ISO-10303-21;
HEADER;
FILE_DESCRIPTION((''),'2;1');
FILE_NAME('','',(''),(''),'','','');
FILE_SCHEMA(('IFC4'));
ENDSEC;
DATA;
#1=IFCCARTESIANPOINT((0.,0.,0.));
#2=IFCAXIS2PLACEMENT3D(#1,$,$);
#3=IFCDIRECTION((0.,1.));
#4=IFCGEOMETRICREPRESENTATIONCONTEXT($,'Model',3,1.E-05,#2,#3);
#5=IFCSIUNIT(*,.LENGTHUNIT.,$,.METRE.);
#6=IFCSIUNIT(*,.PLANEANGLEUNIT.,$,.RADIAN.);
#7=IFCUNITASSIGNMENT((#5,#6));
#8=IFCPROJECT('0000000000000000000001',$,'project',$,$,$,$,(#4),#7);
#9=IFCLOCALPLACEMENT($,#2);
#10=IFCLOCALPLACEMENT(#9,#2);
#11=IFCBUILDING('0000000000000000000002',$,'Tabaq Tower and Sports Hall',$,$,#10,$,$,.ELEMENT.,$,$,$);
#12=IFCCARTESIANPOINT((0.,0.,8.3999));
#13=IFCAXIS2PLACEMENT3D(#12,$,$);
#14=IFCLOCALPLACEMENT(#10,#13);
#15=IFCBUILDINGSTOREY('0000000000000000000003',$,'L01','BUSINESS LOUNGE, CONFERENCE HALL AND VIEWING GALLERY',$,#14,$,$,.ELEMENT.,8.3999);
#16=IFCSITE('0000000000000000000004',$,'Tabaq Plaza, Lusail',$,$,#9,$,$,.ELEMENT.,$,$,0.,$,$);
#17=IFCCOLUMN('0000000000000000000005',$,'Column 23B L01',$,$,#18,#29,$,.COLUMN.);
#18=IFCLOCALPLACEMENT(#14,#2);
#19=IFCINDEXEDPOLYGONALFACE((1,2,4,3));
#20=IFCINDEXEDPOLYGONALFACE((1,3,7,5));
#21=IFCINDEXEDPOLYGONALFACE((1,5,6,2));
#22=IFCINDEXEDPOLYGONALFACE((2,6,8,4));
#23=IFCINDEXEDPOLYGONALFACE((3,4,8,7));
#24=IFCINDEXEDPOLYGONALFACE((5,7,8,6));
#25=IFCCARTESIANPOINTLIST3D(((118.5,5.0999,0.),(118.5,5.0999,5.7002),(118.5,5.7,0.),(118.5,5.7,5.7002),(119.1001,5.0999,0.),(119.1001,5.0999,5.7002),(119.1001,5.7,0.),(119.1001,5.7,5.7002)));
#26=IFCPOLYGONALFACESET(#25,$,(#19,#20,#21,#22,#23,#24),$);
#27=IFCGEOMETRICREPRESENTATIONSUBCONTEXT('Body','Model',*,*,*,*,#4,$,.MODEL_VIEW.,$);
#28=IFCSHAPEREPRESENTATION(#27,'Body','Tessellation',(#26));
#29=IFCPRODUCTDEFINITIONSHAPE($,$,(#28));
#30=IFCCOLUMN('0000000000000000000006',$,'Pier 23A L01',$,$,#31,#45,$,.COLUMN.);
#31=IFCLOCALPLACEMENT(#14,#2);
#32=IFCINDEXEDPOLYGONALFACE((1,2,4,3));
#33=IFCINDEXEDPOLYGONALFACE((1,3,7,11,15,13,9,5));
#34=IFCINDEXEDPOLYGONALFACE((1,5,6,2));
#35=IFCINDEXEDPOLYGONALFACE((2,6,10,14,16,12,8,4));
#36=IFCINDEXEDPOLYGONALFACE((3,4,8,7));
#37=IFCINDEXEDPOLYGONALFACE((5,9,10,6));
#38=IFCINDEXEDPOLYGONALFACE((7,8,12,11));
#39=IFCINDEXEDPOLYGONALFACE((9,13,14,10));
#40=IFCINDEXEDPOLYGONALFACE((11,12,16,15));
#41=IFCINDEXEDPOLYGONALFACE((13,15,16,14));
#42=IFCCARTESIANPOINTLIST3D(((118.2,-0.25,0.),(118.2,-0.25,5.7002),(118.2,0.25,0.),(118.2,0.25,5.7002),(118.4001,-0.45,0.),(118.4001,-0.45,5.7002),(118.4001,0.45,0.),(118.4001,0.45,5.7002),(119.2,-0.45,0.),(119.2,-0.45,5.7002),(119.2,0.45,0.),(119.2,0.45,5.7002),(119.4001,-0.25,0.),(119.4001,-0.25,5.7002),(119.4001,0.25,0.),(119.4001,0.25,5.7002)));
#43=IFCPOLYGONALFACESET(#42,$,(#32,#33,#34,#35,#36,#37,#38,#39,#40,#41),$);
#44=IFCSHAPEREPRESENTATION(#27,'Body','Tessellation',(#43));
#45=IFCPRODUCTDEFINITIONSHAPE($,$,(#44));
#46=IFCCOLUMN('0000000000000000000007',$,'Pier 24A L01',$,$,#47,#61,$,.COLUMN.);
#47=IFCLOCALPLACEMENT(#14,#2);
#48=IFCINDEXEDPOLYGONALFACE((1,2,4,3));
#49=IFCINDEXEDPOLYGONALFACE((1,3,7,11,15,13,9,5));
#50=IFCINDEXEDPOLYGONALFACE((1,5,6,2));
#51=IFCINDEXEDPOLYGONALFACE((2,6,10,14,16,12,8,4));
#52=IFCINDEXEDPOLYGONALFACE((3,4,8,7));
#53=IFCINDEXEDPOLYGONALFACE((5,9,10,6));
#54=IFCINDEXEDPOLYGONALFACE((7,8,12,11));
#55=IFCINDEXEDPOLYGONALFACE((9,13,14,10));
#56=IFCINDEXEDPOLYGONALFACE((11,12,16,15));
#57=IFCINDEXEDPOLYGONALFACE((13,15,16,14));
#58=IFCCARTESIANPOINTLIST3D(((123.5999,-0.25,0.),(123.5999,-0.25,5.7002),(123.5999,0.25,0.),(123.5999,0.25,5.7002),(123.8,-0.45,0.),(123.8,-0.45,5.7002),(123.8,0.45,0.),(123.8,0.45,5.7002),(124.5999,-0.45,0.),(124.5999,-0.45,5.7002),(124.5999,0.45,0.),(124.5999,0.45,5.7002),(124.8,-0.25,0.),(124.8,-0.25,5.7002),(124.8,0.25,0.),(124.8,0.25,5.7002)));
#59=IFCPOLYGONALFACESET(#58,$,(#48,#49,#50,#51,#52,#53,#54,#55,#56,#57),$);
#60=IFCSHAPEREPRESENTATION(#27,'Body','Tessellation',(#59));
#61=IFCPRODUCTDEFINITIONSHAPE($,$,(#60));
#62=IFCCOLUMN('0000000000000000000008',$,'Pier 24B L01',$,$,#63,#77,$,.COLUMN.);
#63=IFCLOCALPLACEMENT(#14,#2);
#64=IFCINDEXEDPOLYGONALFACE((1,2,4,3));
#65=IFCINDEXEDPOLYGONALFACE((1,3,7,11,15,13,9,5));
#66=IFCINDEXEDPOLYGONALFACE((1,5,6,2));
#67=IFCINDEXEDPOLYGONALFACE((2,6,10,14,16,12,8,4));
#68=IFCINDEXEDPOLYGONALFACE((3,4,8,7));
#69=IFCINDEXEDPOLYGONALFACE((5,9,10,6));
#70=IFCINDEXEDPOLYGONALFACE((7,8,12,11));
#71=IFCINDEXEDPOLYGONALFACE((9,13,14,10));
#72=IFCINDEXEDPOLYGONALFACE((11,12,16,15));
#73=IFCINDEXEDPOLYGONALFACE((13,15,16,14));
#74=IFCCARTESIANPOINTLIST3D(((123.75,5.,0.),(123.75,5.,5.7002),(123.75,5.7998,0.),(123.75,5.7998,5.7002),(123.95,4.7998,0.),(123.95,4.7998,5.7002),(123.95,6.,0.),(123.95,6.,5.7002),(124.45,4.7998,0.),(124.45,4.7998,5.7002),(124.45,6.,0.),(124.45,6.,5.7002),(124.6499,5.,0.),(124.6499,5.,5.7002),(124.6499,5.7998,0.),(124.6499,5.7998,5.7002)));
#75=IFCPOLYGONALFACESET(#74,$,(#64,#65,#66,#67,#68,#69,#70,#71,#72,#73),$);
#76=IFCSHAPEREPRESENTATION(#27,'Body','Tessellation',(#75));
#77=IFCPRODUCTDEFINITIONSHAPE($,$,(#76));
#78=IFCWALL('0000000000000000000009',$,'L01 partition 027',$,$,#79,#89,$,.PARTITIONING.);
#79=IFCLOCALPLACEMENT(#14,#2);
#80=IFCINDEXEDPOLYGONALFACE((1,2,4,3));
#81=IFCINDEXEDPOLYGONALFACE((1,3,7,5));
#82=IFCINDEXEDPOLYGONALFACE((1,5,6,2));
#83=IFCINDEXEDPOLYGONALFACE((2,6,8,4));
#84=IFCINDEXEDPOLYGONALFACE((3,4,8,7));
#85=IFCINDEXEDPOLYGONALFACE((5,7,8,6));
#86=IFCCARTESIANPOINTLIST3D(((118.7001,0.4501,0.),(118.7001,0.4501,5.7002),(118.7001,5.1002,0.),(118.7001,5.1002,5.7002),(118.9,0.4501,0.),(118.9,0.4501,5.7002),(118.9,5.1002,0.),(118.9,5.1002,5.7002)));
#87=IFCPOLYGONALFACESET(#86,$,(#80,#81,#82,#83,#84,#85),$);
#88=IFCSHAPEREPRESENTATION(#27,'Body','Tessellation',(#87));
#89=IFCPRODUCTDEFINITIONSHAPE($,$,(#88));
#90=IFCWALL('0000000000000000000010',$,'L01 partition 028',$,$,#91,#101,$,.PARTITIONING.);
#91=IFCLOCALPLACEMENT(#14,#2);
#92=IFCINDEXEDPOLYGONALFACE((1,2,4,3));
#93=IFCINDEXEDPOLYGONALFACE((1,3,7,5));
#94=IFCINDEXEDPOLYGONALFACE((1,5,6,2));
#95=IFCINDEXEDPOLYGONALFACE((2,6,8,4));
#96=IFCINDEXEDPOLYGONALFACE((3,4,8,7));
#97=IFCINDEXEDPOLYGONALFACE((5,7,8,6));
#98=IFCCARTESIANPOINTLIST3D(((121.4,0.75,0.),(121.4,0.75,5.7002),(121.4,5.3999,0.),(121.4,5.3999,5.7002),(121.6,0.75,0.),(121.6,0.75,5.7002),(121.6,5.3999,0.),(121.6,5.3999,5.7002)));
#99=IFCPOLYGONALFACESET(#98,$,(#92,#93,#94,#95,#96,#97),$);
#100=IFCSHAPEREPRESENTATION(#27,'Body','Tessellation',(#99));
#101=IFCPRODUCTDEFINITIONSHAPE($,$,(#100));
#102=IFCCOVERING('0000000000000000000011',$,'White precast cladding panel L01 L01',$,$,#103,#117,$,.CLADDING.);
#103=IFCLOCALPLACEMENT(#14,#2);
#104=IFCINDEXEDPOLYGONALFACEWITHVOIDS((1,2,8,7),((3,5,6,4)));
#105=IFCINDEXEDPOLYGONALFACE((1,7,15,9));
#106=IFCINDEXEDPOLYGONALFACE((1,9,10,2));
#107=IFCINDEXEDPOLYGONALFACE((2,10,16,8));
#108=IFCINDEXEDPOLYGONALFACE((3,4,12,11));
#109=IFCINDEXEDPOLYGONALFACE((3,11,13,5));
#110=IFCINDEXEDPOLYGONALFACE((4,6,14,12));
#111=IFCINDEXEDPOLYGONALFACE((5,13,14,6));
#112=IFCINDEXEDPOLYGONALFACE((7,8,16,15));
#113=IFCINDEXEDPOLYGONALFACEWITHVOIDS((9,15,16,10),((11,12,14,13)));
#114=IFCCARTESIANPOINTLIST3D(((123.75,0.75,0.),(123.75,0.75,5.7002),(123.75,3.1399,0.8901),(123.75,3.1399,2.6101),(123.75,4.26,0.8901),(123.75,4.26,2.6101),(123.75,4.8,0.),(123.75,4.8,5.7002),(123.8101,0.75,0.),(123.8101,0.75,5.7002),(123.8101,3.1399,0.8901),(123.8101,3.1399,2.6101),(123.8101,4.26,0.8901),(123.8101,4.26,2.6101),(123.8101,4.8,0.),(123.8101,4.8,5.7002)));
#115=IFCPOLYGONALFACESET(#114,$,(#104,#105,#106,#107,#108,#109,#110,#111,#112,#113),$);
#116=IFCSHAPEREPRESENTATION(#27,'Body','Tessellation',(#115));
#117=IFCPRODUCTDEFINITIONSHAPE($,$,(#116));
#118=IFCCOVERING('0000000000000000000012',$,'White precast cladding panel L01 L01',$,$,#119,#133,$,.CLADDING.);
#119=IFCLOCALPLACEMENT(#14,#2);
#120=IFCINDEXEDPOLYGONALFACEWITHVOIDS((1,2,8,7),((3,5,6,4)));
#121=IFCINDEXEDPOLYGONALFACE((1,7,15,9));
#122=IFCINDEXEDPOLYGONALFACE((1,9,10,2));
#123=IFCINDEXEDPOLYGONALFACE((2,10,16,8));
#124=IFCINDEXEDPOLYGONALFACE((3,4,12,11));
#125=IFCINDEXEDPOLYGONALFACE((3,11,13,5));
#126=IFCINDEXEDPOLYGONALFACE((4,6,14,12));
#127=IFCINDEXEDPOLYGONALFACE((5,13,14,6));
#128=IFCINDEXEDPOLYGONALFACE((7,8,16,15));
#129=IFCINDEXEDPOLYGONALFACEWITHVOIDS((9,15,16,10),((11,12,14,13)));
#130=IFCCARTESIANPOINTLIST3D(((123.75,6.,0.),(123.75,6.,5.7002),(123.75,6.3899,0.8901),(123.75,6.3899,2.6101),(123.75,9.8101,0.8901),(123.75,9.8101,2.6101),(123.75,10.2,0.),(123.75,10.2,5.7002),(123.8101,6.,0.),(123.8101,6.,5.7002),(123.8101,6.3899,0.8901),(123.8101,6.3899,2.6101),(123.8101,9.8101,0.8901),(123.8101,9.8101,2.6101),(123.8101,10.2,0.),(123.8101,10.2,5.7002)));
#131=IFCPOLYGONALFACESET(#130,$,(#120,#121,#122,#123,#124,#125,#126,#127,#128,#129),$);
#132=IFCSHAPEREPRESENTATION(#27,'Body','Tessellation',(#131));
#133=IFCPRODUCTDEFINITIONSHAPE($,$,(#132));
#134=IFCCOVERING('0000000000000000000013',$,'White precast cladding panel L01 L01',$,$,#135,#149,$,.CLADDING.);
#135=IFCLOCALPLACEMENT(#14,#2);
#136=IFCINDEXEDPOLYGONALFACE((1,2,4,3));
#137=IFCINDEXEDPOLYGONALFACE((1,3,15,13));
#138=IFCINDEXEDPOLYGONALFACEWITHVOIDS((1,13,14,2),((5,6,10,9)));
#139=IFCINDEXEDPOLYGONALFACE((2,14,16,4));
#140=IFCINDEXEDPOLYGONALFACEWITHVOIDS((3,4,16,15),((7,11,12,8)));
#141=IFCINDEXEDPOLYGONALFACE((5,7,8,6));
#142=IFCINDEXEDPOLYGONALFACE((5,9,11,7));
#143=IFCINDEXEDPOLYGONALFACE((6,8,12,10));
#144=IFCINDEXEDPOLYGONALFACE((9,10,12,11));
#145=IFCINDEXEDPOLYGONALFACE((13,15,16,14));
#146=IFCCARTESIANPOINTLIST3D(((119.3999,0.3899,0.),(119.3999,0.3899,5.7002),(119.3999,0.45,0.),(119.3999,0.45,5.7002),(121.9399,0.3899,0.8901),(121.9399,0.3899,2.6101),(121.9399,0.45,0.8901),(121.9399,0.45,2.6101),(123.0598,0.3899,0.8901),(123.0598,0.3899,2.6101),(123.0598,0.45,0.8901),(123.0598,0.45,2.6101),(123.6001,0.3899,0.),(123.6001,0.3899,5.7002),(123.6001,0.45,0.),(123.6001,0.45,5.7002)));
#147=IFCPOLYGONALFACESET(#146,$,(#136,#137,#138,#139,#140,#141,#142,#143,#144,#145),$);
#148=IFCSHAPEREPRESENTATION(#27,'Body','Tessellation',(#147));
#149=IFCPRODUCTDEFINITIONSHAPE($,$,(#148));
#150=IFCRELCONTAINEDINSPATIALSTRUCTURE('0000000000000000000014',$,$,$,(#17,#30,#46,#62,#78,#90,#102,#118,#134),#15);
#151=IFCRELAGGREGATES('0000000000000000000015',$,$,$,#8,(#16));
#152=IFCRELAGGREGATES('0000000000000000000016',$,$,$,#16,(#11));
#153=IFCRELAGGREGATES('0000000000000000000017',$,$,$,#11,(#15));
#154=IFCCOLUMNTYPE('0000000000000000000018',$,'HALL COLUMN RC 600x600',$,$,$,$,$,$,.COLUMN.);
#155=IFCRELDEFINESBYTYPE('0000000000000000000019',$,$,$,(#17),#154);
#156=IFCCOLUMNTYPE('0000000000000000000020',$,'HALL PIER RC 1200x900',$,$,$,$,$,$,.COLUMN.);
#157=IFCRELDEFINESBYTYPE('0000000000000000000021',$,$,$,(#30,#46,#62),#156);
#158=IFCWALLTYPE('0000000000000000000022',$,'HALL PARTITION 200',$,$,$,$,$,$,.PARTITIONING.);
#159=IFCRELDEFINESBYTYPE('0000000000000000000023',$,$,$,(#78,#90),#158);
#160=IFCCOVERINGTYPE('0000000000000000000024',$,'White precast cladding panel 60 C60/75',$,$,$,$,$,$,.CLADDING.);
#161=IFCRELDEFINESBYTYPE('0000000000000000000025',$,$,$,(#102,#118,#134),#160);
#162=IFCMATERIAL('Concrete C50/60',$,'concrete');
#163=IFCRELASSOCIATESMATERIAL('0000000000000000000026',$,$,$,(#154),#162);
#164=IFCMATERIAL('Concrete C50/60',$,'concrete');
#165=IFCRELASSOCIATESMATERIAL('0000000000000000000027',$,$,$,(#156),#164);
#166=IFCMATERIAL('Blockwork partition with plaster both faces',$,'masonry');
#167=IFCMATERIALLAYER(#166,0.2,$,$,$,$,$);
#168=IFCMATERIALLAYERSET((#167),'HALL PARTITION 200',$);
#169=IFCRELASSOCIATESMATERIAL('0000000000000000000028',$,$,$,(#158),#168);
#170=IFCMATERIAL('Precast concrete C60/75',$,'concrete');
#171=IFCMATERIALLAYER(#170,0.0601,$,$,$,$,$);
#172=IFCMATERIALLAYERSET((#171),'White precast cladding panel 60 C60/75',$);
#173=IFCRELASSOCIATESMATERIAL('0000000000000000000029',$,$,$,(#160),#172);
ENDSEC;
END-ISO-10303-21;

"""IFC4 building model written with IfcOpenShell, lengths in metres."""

from ifc_helpers import new_model, si_unit, direction, frame, frame_2d, origin, origin_2d, place, context, subcontext, project, spatial, polyline, rectangle, outline, extrude, material, layer, layer_set, material_profile, profile_set, type_object, element, save


model = new_model("IFC4")

# Units and contexts
model_context = context("Model", 3, precision=1e-05, world=origin(), true_north=direction((0.0, 1.0)))
body_context = subcontext(model_context, "Body", "Model", "MODEL_VIEW")
ifc_project = project(units=[si_unit("LENGTHUNIT", "METRE"), si_unit("PLANEANGLEUNIT", "RADIAN")], contexts=[model_context])

# Site, building, storey
site_placement = place(None, origin())
site = spatial("IfcSite", under=ifc_project, at=site_placement, Name="Tabaq Plaza, Lusail", CompositionType="ELEMENT", RefElevation=0.0)
building_placement = place(site_placement, origin())
building = spatial("IfcBuilding", under=site, at=building_placement, Name="Tabaq Tower and Sports Hall", CompositionType="ELEMENT")
storey_placement = place(building_placement, frame((0.0, 0.0, 8.3999)))
storey = spatial("IfcBuildingStorey", under=building, at=storey_placement, Name="L01", Description="BUSINESS LOUNGE, CONFERENCE HALL AND VIEWING GALLERY", CompositionType="ELEMENT", Elevation=8.3999)

# Columns
ifc_material_1 = material(Name="Concrete C50/60", Category="concrete")
ifc_material_profile_1 = material_profile(ifc_material_1, rectangle(XDim=0.6001, YDim=0.6001, at=origin_2d()), Name="RC 600x600")
ifc_profile_set_1 = profile_set([ifc_material_profile_1], Name="Concrete C50/60")
column_type_1 = type_object("IfcColumnType", Name="HALL COLUMN RC 600x600", PredefinedType="COLUMN", material=ifc_profile_set_1)
column_placement = place(storey_placement, frame((118.8, 5.3999, 0.0), z_axis=(0.0, 0.0, 1.0), x_axis=(1.0, 0.0, 0.0)))
element("IfcColumn", 1, at=column_placement, inside=storey, type_object=column_type_1, Name="Column 23B L01", PredefinedType="COLUMN", context=body_context, shape_type="SweptSolid", body=[
    extrude(rectangle(XDim=0.6001, YDim=0.6001, at=origin_2d()), origin(), (0.0, 0.0, 1.0), 5.7002),
])
ifc_material_2 = material(Name="Concrete C50/60", Category="concrete")
ifc_material_profile_2 = material_profile(ifc_material_2, outline(polyline([(-0.3999, -0.45), (0.3999, -0.45), (0.6001, -0.25), (0.6001, 0.25), (0.3999, 0.45), (-0.3999, 0.45), (-0.6001, 0.25), (-0.6001, -0.25), (-0.3999, -0.45)])), Name="PIER 1200x900")
ifc_profile_set_2 = profile_set([ifc_material_profile_2], Name="Concrete C50/60")
column_type_2 = type_object("IfcColumnType", Name="HALL PIER RC 1200x900", PredefinedType="COLUMN", material=ifc_profile_set_2)
for number, where, z_axis, x_axis, name in (
    (2, (118.8, 0.0, 0.0), (0.0, 0.0, 1.0), (1.0, 0.0, 0.0), "Pier 23A L01"),
    (3, (124.2, 0.0, 0.0), (0.0, 0.0, 1.0), (1.0, 0.0, 0.0), "Pier 24A L01"),
    (4, (124.2, 5.3999, 0.0), (0.0, 0.0, 1.0), (0.0, 1.0, 0.0), "Pier 24B L01"),
):
    element("IfcColumn", number, at=place(storey_placement, frame(where, z_axis=z_axis, x_axis=x_axis)), inside=storey, type_object=column_type_2, Name=name, PredefinedType="COLUMN", context=body_context, shape_type="SweptSolid", body=[
        extrude(outline(polyline([(-0.3999, -0.45), (0.3999, -0.45), (0.6001, -0.25), (0.6001, 0.25), (0.3999, 0.45), (-0.3999, 0.45), (-0.6001, 0.25), (-0.6001, -0.25), (-0.3999, -0.45)])), origin(), (0.0, 0.0, 1.0), 5.7002),
    ])

# Shared definitions
ifc_material_3 = material(Name="Blockwork partition with plaster both faces", Category="masonry")
ifc_layer_1 = layer(ifc_material_3, 0.2)
ifc_layer_set_1 = layer_set([ifc_layer_1], Name="HALL PARTITION 200")
wall_type_1 = type_object("IfcWallType", Name="HALL PARTITION 200", PredefinedType="PARTITIONING", material=ifc_layer_set_1)

# Walls
wall_1_placement = place(storey_placement, frame((118.8, 0.45, 0.0), z_axis=(0.0, 0.0, 1.0), x_axis=(0.0, 1.0, 0.0)))
element("IfcWall", 5, at=wall_1_placement, inside=storey, type_object=wall_type_1, Name="L01 partition 027", PredefinedType="PARTITIONING", context=body_context, shape_type="SweptSolid", body=[
    extrude(rectangle(XDim=4.6501, YDim=0.2, at=frame_2d((2.3252, 0.0))), origin(), (0.0, 0.0, 1.0), 5.7002),
])
wall_2_placement = place(storey_placement, frame((121.5, 0.75, 0.0), z_axis=(0.0, 0.0, 1.0), x_axis=(0.0, 1.0, 0.0)))
element("IfcWall", 6, at=wall_2_placement, inside=storey, type_object=wall_type_1, Name="L01 partition 028", PredefinedType="PARTITIONING", context=body_context, shape_type="SweptSolid", body=[
    extrude(rectangle(XDim=4.6499, YDim=0.2, at=frame_2d((2.325, 0.0))), origin(), (0.0, 0.0, 1.0), 5.7002),
])

# Coverings
ifc_material_4 = material(Name="Precast concrete C60/75", Category="concrete")
ifc_layer_2 = layer(ifc_material_4, 0.0601)
ifc_layer_set_2 = layer_set([ifc_layer_2], Name="White precast cladding panel 60 C60/75")
covering_type = type_object("IfcCoveringType", Name="White precast cladding panel 60 C60/75", PredefinedType="CLADDING", material=ifc_layer_set_2)
covering_1_placement = place(storey_placement, frame((123.78, 0.75, 0.0), z_axis=(0.0, 0.0, 1.0), x_axis=(0.0, 1.0, 0.0)))
element("IfcCovering", 7, at=covering_1_placement, inside=storey, type_object=covering_type, Name="White precast cladding panel L01 L01", PredefinedType="CLADDING", context=body_context, shape_type="SweptSolid", body=[
    extrude(outline(polyline([(0.0, 0.0), (4.05, 0.0), (4.05, 5.7002), (0.0, 5.7002), (0.0, 0.0)]), holes=[polyline([(2.3899, 0.8901), (2.3899, 2.6101), (3.51, 2.6101), (3.51, 0.8901), (2.3899, 0.8901)])]), frame((0.0, 0.03, 0.0), z_axis=(0.0, -1.0, 0.0), x_axis=(1.0, 0.0, 0.0)), (0.0, 0.0, 1.0), 0.0601),
])
covering_2_placement = place(storey_placement, frame((123.78, 6.0, 0.0), z_axis=(0.0, 0.0, 1.0), x_axis=(0.0, 1.0, 0.0)))
element("IfcCovering", 8, at=covering_2_placement, inside=storey, type_object=covering_type, Name="White precast cladding panel L01 L01", PredefinedType="CLADDING", context=body_context, shape_type="SweptSolid", body=[
    extrude(outline(polyline([(0.0, 0.0), (4.2, 0.0), (4.2, 5.7002), (0.0, 5.7002), (0.0, 0.0)]), holes=[polyline([(0.3899, 0.8901), (0.3899, 2.6101), (3.8101, 2.6101), (3.8101, 0.8901), (0.3899, 0.8901)])]), frame((0.0, 0.03, 0.0), z_axis=(0.0, -1.0, 0.0), x_axis=(1.0, 0.0, 0.0)), (0.0, 0.0, 1.0), 0.0601),
])
covering_3_placement = place(storey_placement, frame((119.3999, 0.4199, 0.0), z_axis=(0.0, 0.0, 1.0), x_axis=(1.0, 0.0, 0.0)))
element("IfcCovering", 9, at=covering_3_placement, inside=storey, type_object=covering_type, Name="White precast cladding panel L01 L01", PredefinedType="CLADDING", context=body_context, shape_type="SweptSolid", body=[
    extrude(outline(polyline([(0.0, 0.0), (4.2002, 0.0), (4.2002, 5.7002), (0.0, 5.7002), (0.0, 0.0)]), holes=[polyline([(2.54, 0.8901), (2.54, 2.6101), (3.6599, 2.6101), (3.6599, 0.8901), (2.54, 0.8901)])]), frame((0.0, 0.03, 0.0), z_axis=(0.0, -1.0, 0.0), x_axis=(1.0, 0.0, 0.0)), (0.0, 0.0, 1.0), 0.0601),
])

save(model, "model.ifc")
